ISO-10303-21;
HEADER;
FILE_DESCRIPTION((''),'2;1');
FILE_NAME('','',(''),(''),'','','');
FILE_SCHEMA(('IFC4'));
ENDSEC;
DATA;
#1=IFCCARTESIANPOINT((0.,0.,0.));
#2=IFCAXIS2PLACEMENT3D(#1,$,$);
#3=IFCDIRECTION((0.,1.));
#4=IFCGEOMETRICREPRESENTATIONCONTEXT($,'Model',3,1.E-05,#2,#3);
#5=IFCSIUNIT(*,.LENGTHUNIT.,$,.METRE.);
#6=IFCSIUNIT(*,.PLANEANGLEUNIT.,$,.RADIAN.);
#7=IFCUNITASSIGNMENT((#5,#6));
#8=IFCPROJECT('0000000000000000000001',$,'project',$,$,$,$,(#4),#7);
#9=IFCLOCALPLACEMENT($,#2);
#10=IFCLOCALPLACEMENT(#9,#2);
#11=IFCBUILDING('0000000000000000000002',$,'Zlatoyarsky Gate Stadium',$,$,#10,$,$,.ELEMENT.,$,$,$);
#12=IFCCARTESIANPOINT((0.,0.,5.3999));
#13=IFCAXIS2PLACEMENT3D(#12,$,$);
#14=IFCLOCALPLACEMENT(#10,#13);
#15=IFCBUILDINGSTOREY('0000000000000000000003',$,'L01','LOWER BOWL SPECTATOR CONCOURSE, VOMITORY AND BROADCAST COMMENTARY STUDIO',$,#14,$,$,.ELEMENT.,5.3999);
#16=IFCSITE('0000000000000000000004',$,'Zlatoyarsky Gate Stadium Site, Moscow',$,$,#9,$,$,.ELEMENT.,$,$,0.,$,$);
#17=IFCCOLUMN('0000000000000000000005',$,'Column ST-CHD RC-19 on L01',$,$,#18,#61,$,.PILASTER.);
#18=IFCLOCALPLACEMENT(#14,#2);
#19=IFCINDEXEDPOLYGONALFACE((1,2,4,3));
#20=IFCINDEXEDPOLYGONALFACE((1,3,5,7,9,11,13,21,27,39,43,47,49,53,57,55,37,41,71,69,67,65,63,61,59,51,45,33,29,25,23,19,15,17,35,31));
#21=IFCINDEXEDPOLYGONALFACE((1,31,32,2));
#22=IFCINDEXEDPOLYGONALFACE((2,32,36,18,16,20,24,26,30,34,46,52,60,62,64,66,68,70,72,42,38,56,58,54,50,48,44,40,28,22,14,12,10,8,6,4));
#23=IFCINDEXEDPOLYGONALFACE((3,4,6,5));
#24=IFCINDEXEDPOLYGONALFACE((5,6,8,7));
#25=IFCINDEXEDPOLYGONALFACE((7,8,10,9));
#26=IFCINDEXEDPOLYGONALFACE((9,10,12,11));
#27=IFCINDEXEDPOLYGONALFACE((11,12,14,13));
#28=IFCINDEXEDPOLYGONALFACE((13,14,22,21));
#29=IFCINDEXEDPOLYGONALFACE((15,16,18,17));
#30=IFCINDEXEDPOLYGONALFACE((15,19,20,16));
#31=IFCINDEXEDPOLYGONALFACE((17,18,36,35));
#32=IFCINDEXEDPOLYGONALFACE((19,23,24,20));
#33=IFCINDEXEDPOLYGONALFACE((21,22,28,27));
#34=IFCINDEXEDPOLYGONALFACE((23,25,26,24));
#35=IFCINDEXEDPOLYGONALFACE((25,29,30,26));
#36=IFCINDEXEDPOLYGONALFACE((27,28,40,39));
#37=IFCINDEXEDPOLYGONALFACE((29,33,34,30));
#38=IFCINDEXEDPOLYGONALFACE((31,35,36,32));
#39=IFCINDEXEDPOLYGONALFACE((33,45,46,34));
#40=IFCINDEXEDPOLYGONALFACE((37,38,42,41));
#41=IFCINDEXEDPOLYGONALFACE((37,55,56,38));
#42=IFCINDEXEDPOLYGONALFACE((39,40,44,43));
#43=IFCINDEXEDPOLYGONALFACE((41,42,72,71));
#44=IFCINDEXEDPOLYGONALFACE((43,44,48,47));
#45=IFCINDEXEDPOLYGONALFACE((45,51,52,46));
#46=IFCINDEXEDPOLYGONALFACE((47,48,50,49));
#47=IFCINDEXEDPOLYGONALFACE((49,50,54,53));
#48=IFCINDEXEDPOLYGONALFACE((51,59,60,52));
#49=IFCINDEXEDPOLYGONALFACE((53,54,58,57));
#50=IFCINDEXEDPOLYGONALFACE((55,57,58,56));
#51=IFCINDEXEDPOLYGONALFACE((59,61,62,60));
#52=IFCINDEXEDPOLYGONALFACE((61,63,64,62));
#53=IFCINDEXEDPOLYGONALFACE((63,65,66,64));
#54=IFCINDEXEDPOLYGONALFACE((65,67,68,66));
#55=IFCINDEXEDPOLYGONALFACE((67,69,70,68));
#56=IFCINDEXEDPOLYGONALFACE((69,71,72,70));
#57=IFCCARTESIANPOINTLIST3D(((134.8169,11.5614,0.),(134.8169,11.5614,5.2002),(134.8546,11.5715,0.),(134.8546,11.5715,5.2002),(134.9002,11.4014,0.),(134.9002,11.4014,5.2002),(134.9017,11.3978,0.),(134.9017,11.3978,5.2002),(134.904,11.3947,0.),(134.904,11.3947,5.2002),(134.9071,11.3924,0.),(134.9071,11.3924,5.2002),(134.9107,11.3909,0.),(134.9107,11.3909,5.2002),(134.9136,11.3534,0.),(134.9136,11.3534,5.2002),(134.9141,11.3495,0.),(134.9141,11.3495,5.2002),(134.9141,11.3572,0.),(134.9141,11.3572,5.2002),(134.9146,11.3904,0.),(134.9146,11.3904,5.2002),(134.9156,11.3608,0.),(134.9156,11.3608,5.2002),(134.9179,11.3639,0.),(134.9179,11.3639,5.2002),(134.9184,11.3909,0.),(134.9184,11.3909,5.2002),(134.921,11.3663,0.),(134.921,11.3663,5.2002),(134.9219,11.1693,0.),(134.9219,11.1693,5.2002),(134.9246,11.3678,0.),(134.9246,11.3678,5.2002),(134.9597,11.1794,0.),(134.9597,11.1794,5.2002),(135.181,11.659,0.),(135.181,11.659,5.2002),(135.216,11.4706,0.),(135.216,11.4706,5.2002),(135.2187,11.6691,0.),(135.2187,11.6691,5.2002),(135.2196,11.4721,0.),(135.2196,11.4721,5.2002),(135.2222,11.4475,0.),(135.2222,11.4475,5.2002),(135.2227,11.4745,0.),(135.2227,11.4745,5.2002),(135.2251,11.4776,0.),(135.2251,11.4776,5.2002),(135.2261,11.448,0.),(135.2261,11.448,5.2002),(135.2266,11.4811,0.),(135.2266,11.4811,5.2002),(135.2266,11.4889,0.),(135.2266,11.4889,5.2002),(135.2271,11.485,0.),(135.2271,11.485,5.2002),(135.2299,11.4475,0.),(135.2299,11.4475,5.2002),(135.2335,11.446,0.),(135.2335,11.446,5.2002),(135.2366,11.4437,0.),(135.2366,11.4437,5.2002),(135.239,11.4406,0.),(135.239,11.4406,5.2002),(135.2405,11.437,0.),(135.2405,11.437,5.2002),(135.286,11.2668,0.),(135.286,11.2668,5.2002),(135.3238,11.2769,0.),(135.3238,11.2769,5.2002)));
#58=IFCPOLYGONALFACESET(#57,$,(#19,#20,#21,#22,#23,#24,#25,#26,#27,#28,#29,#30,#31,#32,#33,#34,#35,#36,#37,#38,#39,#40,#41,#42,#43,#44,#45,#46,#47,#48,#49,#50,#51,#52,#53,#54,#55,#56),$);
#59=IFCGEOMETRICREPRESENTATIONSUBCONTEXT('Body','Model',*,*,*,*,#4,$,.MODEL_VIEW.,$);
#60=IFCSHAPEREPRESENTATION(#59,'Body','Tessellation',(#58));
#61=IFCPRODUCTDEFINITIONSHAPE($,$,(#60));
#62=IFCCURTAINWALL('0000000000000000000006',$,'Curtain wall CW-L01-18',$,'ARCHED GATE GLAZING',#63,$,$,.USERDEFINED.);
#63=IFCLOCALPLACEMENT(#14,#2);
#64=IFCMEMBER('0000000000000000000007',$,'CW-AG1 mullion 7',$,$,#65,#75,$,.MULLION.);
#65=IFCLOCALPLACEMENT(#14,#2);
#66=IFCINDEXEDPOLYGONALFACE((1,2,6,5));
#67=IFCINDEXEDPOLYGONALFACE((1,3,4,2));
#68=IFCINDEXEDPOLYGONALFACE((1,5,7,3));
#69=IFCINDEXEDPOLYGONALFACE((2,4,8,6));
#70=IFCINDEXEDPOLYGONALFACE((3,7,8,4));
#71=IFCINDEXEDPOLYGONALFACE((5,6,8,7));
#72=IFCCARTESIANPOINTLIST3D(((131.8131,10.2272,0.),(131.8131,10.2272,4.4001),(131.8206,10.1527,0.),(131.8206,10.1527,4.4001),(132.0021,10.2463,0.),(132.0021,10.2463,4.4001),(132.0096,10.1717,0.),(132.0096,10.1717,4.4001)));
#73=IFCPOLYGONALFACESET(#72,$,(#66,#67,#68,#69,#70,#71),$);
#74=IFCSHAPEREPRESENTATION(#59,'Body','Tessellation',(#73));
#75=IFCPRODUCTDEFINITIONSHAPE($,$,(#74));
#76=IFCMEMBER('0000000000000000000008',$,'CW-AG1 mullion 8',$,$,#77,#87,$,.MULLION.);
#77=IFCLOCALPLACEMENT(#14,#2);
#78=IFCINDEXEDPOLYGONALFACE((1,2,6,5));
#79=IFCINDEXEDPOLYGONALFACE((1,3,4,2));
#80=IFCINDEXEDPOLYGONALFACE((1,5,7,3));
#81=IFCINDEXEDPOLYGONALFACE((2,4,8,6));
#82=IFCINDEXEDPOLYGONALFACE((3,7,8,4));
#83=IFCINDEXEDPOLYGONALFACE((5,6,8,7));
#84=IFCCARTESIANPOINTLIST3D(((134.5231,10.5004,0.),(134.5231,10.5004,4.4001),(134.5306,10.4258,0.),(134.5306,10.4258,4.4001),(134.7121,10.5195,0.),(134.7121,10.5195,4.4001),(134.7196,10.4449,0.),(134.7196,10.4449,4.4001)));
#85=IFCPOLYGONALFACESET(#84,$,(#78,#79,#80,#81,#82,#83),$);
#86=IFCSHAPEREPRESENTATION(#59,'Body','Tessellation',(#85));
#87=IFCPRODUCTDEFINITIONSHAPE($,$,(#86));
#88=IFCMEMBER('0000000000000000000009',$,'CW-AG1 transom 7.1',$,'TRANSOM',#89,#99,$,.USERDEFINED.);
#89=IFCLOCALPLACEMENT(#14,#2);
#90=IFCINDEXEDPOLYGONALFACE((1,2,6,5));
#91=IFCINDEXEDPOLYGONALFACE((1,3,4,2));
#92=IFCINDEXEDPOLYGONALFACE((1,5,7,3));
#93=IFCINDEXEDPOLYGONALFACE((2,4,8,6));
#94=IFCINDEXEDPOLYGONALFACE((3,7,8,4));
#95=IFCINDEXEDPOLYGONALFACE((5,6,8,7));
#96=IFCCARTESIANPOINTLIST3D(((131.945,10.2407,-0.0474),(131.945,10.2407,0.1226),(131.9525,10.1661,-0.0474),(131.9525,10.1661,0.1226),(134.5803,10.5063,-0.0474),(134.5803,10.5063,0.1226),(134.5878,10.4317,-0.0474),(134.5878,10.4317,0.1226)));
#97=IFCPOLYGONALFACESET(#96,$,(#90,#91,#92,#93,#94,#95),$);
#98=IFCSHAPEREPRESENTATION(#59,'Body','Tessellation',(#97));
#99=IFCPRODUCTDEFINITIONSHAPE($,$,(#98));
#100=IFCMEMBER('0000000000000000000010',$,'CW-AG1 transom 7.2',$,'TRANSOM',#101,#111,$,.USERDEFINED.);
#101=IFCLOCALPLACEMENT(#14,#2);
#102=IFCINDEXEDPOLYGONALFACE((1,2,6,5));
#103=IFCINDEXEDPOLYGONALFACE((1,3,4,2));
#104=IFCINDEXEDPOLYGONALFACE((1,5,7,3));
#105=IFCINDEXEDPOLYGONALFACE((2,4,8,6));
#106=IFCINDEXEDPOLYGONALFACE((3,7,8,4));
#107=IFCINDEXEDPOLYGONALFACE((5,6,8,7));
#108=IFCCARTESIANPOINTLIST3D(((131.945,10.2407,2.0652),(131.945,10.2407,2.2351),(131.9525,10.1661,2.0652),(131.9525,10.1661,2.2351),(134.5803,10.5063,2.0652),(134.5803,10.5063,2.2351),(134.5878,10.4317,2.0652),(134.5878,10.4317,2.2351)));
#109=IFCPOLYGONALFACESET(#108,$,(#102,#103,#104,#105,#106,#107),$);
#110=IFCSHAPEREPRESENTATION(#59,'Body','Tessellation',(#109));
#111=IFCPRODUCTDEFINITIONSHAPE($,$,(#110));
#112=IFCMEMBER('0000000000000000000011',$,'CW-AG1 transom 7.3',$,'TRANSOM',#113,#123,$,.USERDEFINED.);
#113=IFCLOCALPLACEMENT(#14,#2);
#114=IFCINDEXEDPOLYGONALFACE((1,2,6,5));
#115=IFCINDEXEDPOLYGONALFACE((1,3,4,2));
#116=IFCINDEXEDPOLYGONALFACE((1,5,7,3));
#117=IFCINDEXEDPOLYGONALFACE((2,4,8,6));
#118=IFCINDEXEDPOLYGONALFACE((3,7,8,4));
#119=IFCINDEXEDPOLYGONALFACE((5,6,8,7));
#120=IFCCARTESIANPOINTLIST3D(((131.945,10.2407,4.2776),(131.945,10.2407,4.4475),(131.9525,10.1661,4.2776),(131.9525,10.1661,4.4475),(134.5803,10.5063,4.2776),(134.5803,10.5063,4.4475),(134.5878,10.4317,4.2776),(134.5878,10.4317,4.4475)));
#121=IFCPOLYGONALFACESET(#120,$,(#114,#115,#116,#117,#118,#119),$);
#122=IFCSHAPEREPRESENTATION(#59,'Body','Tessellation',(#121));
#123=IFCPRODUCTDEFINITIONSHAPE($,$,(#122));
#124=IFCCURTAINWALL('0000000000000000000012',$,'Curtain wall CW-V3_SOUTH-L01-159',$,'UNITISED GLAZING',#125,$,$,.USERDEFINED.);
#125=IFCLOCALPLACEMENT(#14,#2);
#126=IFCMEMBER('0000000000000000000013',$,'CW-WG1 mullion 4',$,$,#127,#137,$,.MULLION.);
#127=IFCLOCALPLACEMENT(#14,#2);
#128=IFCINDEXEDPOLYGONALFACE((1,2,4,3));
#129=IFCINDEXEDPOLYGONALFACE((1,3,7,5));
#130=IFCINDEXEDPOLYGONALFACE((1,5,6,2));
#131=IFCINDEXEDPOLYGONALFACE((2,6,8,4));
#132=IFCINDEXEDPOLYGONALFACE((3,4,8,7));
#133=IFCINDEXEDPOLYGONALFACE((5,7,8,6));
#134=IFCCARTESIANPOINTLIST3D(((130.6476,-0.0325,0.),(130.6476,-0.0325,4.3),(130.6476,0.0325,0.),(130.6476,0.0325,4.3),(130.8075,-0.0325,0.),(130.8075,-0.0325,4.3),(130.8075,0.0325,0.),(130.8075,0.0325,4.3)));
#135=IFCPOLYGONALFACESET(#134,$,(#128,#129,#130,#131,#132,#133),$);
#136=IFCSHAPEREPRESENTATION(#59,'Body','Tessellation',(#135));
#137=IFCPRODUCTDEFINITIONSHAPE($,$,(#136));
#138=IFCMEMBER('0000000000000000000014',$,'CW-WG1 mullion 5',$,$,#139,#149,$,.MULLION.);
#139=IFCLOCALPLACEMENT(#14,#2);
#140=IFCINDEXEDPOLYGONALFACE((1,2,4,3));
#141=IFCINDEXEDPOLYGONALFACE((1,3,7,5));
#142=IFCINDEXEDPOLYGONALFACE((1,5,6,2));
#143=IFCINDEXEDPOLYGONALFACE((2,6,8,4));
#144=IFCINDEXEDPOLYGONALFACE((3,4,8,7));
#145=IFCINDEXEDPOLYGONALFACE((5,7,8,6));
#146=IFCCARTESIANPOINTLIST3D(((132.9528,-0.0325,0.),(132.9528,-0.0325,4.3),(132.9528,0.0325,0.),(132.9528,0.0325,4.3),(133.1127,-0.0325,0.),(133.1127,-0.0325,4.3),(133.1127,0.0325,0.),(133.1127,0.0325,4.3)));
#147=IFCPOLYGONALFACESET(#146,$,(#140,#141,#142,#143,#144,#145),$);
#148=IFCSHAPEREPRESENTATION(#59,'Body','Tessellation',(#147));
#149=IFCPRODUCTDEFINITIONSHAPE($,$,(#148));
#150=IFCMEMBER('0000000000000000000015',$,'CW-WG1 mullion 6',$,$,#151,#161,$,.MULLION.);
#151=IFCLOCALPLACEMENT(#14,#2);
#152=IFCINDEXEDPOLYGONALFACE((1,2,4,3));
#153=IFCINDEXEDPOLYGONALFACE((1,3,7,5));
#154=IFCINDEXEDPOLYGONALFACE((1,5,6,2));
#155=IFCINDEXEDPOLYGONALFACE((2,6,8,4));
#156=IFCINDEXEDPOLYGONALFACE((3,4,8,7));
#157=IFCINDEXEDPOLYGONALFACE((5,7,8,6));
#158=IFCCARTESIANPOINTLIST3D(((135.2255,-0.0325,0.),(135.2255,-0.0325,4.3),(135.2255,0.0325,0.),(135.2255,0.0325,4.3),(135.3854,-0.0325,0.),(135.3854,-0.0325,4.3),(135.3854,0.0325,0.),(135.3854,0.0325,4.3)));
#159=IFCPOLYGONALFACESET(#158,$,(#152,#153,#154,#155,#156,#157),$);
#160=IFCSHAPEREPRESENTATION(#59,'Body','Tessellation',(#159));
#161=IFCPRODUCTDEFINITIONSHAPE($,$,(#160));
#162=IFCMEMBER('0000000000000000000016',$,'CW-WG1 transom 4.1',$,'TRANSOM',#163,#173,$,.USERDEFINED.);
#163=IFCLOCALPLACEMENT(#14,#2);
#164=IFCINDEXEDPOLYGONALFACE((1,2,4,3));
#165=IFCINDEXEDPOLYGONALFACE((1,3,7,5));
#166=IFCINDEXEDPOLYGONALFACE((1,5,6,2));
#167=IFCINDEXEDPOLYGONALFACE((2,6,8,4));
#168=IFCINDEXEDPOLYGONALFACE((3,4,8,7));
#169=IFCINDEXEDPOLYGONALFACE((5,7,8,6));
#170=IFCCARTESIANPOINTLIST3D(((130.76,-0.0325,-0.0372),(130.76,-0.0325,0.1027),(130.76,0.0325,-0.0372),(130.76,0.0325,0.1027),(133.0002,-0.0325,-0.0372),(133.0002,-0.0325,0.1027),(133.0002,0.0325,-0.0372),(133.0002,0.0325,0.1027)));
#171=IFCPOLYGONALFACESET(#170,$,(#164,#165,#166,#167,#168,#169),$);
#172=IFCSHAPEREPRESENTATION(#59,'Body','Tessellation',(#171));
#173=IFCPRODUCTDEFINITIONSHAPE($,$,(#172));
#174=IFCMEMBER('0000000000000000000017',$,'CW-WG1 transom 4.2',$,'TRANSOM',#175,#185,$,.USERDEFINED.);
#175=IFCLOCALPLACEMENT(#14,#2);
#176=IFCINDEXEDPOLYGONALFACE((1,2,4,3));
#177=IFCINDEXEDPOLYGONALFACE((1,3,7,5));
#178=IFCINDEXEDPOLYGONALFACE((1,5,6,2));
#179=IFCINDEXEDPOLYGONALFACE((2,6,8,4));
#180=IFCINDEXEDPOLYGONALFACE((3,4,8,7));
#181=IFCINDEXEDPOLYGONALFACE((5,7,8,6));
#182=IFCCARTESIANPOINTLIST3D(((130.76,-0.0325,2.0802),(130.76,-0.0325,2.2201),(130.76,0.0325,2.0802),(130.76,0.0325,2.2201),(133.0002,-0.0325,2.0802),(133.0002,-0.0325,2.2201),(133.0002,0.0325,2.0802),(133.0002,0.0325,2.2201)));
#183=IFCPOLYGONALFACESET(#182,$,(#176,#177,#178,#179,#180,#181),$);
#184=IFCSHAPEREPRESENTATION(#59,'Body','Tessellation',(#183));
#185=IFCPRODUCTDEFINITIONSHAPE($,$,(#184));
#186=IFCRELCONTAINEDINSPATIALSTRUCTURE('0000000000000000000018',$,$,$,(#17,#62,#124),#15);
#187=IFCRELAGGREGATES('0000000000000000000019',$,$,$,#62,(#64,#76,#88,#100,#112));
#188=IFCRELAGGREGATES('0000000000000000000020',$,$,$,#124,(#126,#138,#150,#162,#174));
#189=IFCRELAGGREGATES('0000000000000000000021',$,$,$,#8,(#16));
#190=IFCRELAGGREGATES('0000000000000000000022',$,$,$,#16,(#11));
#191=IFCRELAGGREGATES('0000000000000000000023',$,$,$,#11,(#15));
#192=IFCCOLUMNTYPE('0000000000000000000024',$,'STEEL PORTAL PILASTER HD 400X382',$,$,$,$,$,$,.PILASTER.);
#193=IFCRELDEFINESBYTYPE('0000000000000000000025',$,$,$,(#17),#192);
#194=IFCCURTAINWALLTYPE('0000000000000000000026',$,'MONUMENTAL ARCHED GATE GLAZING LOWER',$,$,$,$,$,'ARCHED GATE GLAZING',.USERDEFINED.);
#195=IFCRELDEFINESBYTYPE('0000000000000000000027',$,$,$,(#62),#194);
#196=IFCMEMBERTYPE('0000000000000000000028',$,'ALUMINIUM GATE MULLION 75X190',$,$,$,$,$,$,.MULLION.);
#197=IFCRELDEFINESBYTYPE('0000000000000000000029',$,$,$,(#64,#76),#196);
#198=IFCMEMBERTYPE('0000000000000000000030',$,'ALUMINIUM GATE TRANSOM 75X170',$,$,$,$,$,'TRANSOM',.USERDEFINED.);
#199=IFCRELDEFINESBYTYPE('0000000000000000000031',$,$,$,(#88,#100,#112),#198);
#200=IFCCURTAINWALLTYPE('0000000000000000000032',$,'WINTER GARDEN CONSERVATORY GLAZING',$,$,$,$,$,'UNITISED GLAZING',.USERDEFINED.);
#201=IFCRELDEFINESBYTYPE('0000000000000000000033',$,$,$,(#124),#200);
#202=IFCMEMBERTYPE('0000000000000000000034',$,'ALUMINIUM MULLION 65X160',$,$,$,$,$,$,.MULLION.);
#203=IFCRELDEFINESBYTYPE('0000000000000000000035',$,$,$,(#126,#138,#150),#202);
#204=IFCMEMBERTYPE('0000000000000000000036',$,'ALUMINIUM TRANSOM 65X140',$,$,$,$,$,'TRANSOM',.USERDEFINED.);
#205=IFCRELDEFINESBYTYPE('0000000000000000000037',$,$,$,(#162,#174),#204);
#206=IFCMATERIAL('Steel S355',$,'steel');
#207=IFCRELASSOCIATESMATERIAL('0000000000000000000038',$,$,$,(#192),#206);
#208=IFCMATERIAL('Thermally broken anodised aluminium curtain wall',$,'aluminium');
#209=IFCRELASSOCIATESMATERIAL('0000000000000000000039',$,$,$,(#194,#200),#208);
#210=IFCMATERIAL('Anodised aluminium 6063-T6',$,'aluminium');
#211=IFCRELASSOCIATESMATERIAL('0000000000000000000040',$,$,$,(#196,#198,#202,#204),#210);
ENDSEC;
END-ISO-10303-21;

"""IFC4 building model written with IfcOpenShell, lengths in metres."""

from ifc_helpers import new_model, si_unit, direction, frame, origin, origin_2d, place, context, subcontext, project, spatial, rectangle, i_section, extrude, material, material_profile, profile_set, type_object, element, aggregate, save


model = new_model("IFC4")

# Units and contexts
model_context = context("Model", 3, precision=1e-05, world=origin(), true_north=direction((0.0, 1.0)))
body_context = subcontext(model_context, "Body", "Model", "MODEL_VIEW")
ifc_project = project(units=[si_unit("LENGTHUNIT", "METRE"), si_unit("PLANEANGLEUNIT", "RADIAN")], contexts=[model_context])

# Site, building, storey
site_placement = place(None, origin())
site = spatial("IfcSite", under=ifc_project, at=site_placement, Name="Zlatoyarsky Gate Stadium Site, Moscow", CompositionType="ELEMENT", RefElevation=0.0)
building_placement = place(site_placement, origin())
building = spatial("IfcBuilding", under=site, at=building_placement, Name="Zlatoyarsky Gate Stadium", CompositionType="ELEMENT")
storey_placement = place(building_placement, frame((0.0, 0.0, 5.3999)))
storey = spatial("IfcBuildingStorey", under=building, at=storey_placement, Name="L01", Description="LOWER BOWL SPECTATOR CONCOURSE, VOMITORY AND BROADCAST COMMENTARY STUDIO", CompositionType="ELEMENT", Elevation=5.3999)

# Column
ifc_material_1 = material(Name="Steel S355", Category="steel")
ifc_material_profile_1 = material_profile(ifc_material_1, i_section(OverallWidth=0.406, OverallDepth=0.416, WebThickness=0.0239, FlangeThickness=0.0391, FilletRadius=0.0149, at=origin_2d()), Name="HD 400X382")
ifc_profile_set_1 = profile_set([ifc_material_profile_1], Name="Steel S355")
column_type = type_object("IfcColumnType", Name="STEEL PORTAL PILASTER HD 400X382", PredefinedType="PILASTER", material=ifc_profile_set_1)
column_placement = place(storey_placement, frame((135.0703, 11.4192, 0.0), z_axis=(0.0, 0.0, 1.0), x_axis=(0.258819, -0.965926, 0.0)))
element("IfcColumn", 1, at=column_placement, inside=storey, type_object=column_type, Name="Column ST-CHD RC-19 on L01", PredefinedType="PILASTER", context=body_context, shape_type="SweptSolid", body=[
    extrude(i_section(OverallWidth=0.406, OverallDepth=0.416, WebThickness=0.0239, FlangeThickness=0.0391, FilletRadius=0.0149, at=origin_2d()), origin(), (0.0, 0.0, 1.0), 5.2002),
])

# Curtain walls, members
ifc_material_2 = material(Name="Thermally broken anodised aluminium curtain wall", Category="aluminium")
curtain_wall_type_1 = type_object("IfcCurtainWallType", Name="MONUMENTAL ARCHED GATE GLAZING LOWER", ElementType="ARCHED GATE GLAZING", PredefinedType="USERDEFINED", material=ifc_material_2)
curtain_wall_1_placement = place(storey_placement, origin())
curtain_wall_1 = element("IfcCurtainWall", 2, at=curtain_wall_1_placement, inside=storey, type_object=curtain_wall_type_1, Name="Curtain wall CW-L01-18", ObjectType="ARCHED GATE GLAZING", PredefinedType="USERDEFINED")
ifc_material_3 = material(Name="Anodised aluminium 6063-T6", Category="aluminium")
ifc_material_profile_2 = material_profile(ifc_material_3, rectangle(XDim=0.075, YDim=0.1899, at=origin_2d()), Name="ALU 75X190")
ifc_profile_set_2 = profile_set([ifc_material_profile_2], Name="Anodised aluminium 6063-T6")
member_type_1 = type_object("IfcMemberType", Name="ALUMINIUM GATE MULLION 75X190", PredefinedType="MULLION", material=ifc_profile_set_2)
member_1_placement = place(storey_placement, frame((131.9114, 10.1995, 0.0), z_axis=(0.0, 0.0, 1.0), x_axis=(-0.100303, 0.994957, 0.0)))
member_1 = element("IfcMember", 3, at=member_1_placement, type_object=member_type_1, Name="CW-AG1 mullion 7", PredefinedType="MULLION", context=body_context, shape_type="SweptSolid", body=[
    extrude(rectangle(XDim=0.075, YDim=0.1899, at=origin_2d()), origin(), (0.0, 0.0, 1.0), 4.4001),
])
member_2_placement = place(storey_placement, frame((134.6213, 10.4727, 0.0), z_axis=(0.0, 0.0, 1.0), x_axis=(-0.100303, 0.994957, 0.0)))
member_2 = element("IfcMember", 4, at=member_2_placement, type_object=member_type_1, Name="CW-AG1 mullion 8", PredefinedType="MULLION", context=body_context, shape_type="SweptSolid", body=[
    extrude(rectangle(XDim=0.075, YDim=0.1899, at=origin_2d()), origin(), (0.0, 0.0, 1.0), 4.4001),
])
ifc_material_profile_3 = material_profile(ifc_material_3, rectangle(XDim=0.075, YDim=0.1699, at=origin_2d()), Name="ALU 75X170")
ifc_profile_set_3 = profile_set([ifc_material_profile_3], Name="Anodised aluminium 6063-T6")
member_type_2 = type_object("IfcMemberType", Name="ALUMINIUM GATE TRANSOM 75X170", ElementType="TRANSOM", PredefinedType="USERDEFINED", material=ifc_profile_set_3)
member_3_placement = place(storey_placement, frame((131.9487, 10.2034, 0.0376), z_axis=(0.994958, 0.100289, 0.0), x_axis=(-0.100289, 0.994958, 0.0)))
member_3 = element("IfcMember", 5, at=member_3_placement, type_object=member_type_2, Name="CW-AG1 transom 7.1", ObjectType="TRANSOM", PredefinedType="USERDEFINED", context=body_context, shape_type="SweptSolid", body=[
    extrude(rectangle(XDim=0.075, YDim=0.1699, at=origin_2d()), origin(), (0.0, 0.0, 1.0), 2.6487),
])
member_4_placement = place(storey_placement, frame((131.9487, 10.2034, 2.1501), z_axis=(0.994958, 0.100289, 0.0), x_axis=(-0.100289, 0.994958, 0.0)))
member_4 = element("IfcMember", 6, at=member_4_placement, type_object=member_type_2, Name="CW-AG1 transom 7.2", ObjectType="TRANSOM", PredefinedType="USERDEFINED", context=body_context, shape_type="SweptSolid", body=[
    extrude(rectangle(XDim=0.075, YDim=0.1699, at=origin_2d()), origin(), (0.0, 0.0, 1.0), 2.6487),
])
member_5_placement = place(storey_placement, frame((131.9487, 10.2034, 4.3625), z_axis=(0.994958, 0.100289, 0.0), x_axis=(-0.100289, 0.994958, 0.0)))
member_5 = element("IfcMember", 7, at=member_5_placement, type_object=member_type_2, Name="CW-AG1 transom 7.3", ObjectType="TRANSOM", PredefinedType="USERDEFINED", context=body_context, shape_type="SweptSolid", body=[
    extrude(rectangle(XDim=0.075, YDim=0.1699, at=origin_2d()), origin(), (0.0, 0.0, 1.0), 2.6487),
])
curtain_wall_type_2 = type_object("IfcCurtainWallType", Name="WINTER GARDEN CONSERVATORY GLAZING", ElementType="UNITISED GLAZING", PredefinedType="USERDEFINED", material=ifc_material_2)
curtain_wall_2_placement = place(storey_placement, origin())
curtain_wall_2 = element("IfcCurtainWall", 8, at=curtain_wall_2_placement, inside=storey, type_object=curtain_wall_type_2, Name="Curtain wall CW-V3_SOUTH-L01-159", ObjectType="UNITISED GLAZING", PredefinedType="USERDEFINED")
ifc_material_profile_4 = material_profile(ifc_material_3, rectangle(XDim=0.0649, YDim=0.1599, at=origin_2d()), Name="ALU 65X160")
ifc_profile_set_4 = profile_set([ifc_material_profile_4], Name="Anodised aluminium 6063-T6")
member_type_3 = type_object("IfcMemberType", Name="ALUMINIUM MULLION 65X160", PredefinedType="MULLION", material=ifc_profile_set_4)
member_6_placement = place(storey_placement, frame((130.7275, 0.0, 0.0), z_axis=(0.0, 0.0, 1.0), x_axis=(0.0, 1.0, 0.0)))
member_6 = element("IfcMember", 9, at=member_6_placement, type_object=member_type_3, Name="CW-WG1 mullion 4", PredefinedType="MULLION", context=body_context, shape_type="SweptSolid", body=[
    extrude(rectangle(XDim=0.0649, YDim=0.1599, at=origin_2d()), origin(), (0.0, 0.0, 1.0), 4.3),
])
member_7_placement = place(storey_placement, frame((133.0327, 0.0, 0.0), z_axis=(0.0, 0.0, 1.0), x_axis=(0.0, 1.0, 0.0)))
member_7 = element("IfcMember", 10, at=member_7_placement, type_object=member_type_3, Name="CW-WG1 mullion 5", PredefinedType="MULLION", context=body_context, shape_type="SweptSolid", body=[
    extrude(rectangle(XDim=0.0649, YDim=0.1599, at=origin_2d()), origin(), (0.0, 0.0, 1.0), 4.3),
])
member_8_placement = place(storey_placement, frame((135.3054, 0.0, 0.0), z_axis=(0.0, 0.0, 1.0), x_axis=(0.0, 1.0, 0.0)))
member_8 = element("IfcMember", 11, at=member_8_placement, type_object=member_type_3, Name="CW-WG1 mullion 6", PredefinedType="MULLION", context=body_context, shape_type="SweptSolid", body=[
    extrude(rectangle(XDim=0.0649, YDim=0.1599, at=origin_2d()), origin(), (0.0, 0.0, 1.0), 4.3),
])
ifc_material_profile_5 = material_profile(ifc_material_3, rectangle(XDim=0.0649, YDim=0.1399, at=origin_2d()), Name="ALU 65X140")
ifc_profile_set_5 = profile_set([ifc_material_profile_5], Name="Anodised aluminium 6063-T6")
member_type_4 = type_object("IfcMemberType", Name="ALUMINIUM TRANSOM 65X140", ElementType="TRANSOM", PredefinedType="USERDEFINED", material=ifc_profile_set_5)
member_9_placement = place(storey_placement, frame((130.76, 0.0, 0.0327), z_axis=(1.0, 0.0, 0.0), x_axis=(0.0, 1.0, 0.0)))
member_9 = element("IfcMember", 12, at=member_9_placement, type_object=member_type_4, Name="CW-WG1 transom 4.1", ObjectType="TRANSOM", PredefinedType="USERDEFINED", context=body_context, shape_type="SweptSolid", body=[
    extrude(rectangle(XDim=0.0649, YDim=0.1399, at=origin_2d()), origin(), (0.0, 0.0, 1.0), 2.2402),
])
member_10_placement = place(storey_placement, frame((130.76, 0.0, 2.1501), z_axis=(1.0, 0.0, 0.0), x_axis=(0.0, 1.0, 0.0)))
member_10 = element("IfcMember", 13, at=member_10_placement, type_object=member_type_4, Name="CW-WG1 transom 4.2", ObjectType="TRANSOM", PredefinedType="USERDEFINED", context=body_context, shape_type="SweptSolid", body=[
    extrude(rectangle(XDim=0.0649, YDim=0.1399, at=origin_2d()), origin(), (0.0, 0.0, 1.0), 2.2402),
])

aggregate(curtain_wall_1, [member_1, member_2, member_3, member_4, member_5])
aggregate(curtain_wall_2, [member_6, member_7, member_8, member_9, member_10])

save(model, "model.ifc")
